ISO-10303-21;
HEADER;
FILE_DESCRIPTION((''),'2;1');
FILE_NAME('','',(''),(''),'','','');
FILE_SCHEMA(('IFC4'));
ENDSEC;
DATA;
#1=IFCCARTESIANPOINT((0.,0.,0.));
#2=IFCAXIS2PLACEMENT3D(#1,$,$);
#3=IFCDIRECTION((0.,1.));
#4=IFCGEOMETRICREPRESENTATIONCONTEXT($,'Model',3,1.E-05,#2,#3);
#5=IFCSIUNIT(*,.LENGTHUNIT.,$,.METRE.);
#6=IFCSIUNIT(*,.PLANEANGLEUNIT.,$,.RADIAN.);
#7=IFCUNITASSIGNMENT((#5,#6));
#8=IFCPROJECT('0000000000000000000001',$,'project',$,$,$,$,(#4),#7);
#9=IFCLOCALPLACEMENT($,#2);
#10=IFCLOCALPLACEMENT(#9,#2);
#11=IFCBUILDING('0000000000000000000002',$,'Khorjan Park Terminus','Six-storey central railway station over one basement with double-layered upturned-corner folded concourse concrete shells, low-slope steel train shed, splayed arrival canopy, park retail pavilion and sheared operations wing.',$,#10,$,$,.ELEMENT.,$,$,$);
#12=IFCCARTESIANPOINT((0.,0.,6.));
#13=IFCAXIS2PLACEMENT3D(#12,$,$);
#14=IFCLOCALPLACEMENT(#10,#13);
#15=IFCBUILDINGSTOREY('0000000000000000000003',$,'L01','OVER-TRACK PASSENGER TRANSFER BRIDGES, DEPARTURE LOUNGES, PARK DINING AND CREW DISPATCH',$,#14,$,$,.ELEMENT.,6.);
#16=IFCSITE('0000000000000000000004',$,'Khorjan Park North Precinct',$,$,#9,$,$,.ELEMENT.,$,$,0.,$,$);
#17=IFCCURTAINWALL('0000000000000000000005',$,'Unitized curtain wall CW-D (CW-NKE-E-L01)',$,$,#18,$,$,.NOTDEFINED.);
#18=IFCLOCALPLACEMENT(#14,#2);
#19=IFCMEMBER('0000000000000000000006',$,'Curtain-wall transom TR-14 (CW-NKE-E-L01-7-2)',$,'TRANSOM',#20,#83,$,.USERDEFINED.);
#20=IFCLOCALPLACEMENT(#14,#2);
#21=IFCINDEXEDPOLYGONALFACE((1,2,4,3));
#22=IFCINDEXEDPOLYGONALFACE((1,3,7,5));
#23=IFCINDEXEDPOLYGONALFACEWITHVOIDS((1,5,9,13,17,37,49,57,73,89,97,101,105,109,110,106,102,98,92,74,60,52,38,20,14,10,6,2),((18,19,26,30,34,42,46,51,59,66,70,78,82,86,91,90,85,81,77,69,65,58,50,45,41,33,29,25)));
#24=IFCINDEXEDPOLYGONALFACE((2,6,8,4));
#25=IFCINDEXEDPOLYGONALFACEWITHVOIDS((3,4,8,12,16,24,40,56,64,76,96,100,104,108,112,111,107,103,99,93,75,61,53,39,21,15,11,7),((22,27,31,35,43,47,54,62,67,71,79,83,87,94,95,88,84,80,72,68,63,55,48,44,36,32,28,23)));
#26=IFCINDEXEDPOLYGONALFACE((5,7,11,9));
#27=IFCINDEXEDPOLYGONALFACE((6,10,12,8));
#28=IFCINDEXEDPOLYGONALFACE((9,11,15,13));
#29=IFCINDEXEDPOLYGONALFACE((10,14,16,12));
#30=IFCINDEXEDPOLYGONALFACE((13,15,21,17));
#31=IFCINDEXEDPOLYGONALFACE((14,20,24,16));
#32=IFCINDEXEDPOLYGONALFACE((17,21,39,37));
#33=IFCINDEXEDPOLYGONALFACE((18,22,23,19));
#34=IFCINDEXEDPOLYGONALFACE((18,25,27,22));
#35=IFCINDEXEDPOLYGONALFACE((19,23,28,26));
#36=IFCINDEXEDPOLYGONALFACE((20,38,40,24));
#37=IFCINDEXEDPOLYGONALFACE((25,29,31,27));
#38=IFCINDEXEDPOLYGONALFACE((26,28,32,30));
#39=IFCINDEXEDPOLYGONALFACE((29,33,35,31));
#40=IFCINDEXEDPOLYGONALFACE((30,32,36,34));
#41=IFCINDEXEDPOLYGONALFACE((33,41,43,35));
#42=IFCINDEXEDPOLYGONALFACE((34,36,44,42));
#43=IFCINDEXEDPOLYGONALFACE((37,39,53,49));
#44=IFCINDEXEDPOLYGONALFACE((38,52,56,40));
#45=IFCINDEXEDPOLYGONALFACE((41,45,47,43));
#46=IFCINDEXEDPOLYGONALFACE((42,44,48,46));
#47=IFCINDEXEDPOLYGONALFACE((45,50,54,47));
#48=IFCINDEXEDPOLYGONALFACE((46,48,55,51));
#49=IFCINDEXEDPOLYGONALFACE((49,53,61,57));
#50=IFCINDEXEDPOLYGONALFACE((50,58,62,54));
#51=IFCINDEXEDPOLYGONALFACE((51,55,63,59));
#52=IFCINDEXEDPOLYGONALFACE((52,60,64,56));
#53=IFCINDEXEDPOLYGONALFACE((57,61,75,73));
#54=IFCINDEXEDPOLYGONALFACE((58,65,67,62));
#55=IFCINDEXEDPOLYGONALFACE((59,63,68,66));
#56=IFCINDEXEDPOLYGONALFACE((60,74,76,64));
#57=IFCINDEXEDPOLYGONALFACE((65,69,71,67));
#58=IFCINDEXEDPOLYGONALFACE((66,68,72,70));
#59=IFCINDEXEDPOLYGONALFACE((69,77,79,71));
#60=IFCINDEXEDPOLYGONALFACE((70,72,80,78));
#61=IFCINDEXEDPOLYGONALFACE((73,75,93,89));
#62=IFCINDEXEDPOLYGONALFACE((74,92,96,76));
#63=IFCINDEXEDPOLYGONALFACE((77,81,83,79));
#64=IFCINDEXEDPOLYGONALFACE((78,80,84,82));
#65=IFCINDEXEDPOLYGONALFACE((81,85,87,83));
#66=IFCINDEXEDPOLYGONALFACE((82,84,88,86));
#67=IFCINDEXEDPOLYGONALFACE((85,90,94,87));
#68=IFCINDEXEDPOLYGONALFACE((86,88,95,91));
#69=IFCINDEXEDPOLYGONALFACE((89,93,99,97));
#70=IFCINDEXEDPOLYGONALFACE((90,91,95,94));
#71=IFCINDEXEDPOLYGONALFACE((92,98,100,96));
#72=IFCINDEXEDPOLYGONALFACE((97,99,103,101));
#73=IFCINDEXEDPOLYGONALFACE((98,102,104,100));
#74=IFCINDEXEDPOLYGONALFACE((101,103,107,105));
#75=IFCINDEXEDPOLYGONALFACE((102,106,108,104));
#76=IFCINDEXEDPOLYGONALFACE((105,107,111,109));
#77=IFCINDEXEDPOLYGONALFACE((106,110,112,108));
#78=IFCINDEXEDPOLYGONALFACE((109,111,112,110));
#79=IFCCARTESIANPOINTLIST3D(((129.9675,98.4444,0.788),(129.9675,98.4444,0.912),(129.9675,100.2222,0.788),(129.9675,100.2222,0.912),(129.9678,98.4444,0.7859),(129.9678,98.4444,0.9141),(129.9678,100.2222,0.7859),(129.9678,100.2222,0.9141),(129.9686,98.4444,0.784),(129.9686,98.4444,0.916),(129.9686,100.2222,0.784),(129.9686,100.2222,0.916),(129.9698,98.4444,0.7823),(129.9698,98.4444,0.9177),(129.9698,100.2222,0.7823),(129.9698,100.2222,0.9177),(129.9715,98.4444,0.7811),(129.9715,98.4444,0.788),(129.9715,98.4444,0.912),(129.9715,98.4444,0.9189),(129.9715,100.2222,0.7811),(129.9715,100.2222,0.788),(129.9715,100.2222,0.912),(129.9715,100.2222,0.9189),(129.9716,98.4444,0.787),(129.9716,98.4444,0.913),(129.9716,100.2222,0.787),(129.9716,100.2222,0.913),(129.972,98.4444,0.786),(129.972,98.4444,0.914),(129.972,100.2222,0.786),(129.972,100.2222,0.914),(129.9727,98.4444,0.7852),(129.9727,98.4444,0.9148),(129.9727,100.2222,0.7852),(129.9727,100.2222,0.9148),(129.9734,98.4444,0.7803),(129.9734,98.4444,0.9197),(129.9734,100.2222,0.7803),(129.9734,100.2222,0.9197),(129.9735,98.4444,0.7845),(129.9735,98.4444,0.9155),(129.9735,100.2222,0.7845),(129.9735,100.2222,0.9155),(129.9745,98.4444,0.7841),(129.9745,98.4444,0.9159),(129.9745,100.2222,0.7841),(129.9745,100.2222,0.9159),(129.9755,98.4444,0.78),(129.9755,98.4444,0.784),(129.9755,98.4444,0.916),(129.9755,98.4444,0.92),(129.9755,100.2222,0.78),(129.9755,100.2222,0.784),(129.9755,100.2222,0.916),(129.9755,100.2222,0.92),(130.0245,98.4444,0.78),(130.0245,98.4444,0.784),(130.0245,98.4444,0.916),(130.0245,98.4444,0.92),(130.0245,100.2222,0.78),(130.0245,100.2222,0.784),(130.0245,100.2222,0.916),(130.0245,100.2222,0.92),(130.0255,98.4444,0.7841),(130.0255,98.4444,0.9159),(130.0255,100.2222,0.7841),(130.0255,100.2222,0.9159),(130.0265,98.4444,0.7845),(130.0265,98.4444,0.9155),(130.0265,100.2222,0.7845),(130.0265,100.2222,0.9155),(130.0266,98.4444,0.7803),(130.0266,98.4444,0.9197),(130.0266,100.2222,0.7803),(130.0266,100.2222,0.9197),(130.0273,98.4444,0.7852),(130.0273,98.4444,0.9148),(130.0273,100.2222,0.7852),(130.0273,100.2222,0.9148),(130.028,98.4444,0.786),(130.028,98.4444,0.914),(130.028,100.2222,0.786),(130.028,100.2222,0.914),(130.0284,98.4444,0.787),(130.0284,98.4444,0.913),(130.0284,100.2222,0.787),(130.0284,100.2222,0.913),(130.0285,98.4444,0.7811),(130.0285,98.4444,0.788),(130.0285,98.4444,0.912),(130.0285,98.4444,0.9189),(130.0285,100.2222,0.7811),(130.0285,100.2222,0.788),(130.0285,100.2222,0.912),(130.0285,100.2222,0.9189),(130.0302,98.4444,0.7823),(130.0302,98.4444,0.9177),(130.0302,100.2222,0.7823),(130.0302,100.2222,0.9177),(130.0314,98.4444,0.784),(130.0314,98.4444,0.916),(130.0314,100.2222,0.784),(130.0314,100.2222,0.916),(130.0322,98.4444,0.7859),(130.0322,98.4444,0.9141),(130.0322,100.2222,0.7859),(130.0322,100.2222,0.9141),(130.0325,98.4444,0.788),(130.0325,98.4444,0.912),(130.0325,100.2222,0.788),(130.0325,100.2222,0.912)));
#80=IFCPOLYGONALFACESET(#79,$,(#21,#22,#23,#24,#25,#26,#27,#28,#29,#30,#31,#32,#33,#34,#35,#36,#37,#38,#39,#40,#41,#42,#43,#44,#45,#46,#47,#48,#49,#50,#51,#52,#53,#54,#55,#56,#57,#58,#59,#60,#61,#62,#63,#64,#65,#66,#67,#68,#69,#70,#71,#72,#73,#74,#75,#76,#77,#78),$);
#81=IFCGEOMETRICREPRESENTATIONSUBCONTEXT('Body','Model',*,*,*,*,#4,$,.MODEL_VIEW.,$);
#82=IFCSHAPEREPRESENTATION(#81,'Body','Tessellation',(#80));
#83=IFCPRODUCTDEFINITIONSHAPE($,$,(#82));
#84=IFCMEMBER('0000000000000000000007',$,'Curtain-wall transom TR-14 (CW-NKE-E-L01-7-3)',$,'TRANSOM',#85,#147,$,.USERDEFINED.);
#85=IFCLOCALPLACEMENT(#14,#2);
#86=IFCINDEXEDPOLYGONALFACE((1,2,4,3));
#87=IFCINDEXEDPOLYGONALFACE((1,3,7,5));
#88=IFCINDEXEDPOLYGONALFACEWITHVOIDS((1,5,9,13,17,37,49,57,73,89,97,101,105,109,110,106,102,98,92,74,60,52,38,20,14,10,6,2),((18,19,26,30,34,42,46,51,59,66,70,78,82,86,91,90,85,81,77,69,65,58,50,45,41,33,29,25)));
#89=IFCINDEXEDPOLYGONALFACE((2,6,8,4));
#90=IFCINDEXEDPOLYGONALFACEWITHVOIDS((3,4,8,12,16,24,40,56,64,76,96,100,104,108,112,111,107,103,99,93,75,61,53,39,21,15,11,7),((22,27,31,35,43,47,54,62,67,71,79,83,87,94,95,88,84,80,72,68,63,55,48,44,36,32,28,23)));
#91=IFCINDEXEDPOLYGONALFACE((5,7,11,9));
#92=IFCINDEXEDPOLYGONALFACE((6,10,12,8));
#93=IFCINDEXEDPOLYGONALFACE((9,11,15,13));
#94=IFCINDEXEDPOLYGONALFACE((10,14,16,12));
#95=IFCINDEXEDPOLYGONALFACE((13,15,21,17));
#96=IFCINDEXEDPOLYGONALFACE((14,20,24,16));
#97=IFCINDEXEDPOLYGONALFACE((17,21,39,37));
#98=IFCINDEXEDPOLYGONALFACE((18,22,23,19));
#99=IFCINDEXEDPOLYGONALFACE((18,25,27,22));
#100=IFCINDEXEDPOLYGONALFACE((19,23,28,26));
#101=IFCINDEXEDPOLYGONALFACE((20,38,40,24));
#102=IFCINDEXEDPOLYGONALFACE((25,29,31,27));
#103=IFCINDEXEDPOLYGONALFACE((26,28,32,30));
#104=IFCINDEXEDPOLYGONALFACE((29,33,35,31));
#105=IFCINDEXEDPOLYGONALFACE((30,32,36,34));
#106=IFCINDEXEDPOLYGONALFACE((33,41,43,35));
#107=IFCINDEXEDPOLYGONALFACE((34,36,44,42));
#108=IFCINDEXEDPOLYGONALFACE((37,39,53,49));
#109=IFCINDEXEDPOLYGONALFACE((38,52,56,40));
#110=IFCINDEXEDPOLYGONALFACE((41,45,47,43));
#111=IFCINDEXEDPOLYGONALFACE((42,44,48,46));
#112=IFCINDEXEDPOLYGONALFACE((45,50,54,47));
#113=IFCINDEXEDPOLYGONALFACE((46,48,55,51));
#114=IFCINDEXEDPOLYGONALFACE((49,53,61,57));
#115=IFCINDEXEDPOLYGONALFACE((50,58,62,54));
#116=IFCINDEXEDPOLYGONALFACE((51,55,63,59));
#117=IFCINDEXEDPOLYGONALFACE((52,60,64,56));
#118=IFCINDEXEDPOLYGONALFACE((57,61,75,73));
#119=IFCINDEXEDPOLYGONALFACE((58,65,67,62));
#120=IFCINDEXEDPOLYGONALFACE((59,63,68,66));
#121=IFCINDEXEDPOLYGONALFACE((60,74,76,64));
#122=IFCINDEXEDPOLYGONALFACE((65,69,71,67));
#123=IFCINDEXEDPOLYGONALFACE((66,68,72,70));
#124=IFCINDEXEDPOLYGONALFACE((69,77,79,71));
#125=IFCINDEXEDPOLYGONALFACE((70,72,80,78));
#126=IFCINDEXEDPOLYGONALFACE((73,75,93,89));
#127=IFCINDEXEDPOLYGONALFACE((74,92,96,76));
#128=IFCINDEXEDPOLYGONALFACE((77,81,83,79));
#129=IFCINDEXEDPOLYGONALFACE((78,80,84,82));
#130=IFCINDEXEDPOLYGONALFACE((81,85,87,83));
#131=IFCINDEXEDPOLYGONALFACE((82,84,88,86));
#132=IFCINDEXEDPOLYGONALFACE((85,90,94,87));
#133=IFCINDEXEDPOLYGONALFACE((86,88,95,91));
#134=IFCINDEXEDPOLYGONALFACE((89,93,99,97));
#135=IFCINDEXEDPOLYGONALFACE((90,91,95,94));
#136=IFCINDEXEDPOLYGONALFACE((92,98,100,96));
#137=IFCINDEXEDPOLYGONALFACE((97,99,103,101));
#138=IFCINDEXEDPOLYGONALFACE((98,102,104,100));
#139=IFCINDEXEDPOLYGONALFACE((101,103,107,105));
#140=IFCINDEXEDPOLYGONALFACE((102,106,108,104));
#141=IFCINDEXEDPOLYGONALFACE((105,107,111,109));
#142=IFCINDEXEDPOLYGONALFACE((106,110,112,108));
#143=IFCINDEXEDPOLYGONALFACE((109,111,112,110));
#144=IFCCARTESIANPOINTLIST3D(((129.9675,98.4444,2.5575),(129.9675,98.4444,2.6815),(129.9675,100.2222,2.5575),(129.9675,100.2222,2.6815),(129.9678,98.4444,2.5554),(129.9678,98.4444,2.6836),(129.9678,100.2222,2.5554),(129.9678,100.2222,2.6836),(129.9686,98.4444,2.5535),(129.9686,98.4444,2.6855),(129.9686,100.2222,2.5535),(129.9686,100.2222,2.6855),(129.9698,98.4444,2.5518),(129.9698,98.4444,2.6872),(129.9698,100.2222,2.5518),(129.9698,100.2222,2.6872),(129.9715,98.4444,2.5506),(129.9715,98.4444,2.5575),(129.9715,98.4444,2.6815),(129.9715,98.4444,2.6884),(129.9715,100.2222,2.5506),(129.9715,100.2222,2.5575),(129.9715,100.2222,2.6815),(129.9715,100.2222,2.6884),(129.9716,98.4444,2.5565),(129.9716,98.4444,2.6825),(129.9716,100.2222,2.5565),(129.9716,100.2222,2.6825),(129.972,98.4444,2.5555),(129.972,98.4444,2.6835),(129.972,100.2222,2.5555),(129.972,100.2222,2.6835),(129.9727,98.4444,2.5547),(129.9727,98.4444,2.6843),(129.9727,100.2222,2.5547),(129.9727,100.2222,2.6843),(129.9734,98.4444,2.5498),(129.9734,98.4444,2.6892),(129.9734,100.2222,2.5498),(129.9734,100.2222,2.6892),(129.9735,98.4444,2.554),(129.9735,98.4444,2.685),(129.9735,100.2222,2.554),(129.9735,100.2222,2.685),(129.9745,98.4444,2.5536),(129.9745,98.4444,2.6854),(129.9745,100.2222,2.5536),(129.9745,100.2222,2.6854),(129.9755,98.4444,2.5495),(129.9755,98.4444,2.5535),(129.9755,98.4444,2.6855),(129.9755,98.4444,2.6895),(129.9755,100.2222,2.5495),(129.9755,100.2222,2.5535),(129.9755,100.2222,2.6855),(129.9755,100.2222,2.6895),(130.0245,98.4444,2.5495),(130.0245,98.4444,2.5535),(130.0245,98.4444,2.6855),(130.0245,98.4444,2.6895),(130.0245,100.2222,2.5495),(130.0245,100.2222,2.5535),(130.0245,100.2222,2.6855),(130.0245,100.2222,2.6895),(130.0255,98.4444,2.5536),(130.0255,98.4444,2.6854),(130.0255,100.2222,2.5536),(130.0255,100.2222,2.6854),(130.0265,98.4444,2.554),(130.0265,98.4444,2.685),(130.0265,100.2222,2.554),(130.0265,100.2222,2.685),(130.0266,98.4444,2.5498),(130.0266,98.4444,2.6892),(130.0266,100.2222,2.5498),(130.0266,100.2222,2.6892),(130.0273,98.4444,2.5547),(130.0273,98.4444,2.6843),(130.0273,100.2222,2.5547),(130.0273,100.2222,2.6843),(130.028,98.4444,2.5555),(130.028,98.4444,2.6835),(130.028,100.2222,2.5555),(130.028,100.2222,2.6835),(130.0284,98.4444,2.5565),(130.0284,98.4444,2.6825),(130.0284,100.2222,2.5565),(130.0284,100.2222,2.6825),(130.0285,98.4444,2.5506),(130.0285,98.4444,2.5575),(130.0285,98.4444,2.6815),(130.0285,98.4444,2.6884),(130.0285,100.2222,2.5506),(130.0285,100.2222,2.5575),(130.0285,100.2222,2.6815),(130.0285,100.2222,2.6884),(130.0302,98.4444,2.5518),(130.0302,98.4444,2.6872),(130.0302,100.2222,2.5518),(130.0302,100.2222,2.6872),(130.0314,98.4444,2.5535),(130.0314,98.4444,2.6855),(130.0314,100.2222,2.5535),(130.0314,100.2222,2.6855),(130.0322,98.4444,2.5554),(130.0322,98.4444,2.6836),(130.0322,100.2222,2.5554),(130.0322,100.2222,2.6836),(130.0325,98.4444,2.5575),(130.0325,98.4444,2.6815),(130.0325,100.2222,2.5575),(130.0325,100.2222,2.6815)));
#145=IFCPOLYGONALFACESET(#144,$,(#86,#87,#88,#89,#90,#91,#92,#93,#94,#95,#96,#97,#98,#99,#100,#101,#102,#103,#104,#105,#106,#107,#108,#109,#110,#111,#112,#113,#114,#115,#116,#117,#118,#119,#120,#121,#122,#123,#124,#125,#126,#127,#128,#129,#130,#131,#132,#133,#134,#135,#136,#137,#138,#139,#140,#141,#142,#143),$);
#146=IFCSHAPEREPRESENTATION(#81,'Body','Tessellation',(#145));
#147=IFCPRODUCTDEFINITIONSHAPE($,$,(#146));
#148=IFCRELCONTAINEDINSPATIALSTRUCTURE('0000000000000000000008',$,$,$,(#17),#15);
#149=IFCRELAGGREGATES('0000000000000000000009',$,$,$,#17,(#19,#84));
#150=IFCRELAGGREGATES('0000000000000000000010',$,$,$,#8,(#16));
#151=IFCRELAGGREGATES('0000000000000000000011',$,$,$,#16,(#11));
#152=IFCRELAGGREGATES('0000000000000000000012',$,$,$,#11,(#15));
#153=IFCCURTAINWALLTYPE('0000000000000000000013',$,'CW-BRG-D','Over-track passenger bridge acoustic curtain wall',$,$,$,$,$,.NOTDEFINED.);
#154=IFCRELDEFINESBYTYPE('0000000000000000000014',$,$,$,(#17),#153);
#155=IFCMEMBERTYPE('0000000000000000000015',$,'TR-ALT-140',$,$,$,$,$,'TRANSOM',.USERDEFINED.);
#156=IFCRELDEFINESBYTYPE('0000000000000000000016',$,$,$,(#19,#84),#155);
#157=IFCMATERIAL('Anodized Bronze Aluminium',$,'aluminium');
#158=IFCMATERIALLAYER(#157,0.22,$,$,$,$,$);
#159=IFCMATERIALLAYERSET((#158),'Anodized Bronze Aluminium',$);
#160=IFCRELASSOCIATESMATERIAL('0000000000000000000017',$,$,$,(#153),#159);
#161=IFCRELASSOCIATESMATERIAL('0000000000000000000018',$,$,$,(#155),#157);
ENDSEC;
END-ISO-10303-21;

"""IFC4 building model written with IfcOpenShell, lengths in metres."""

from ifc_helpers import new_model, si_unit, direction, frame, origin, origin_2d, place, context, subcontext, project, spatial, hollow_rectangle, extrude, material, layer, layer_set, material_profile, profile_set, type_object, element, aggregate, save


model = new_model("IFC4")

# Units and contexts
model_context = context("Model", 3, precision=1e-05, world=origin(), true_north=direction((0.0, 1.0)))
body_context = subcontext(model_context, "Body", "Model", "MODEL_VIEW")
ifc_project = project(units=[si_unit("LENGTHUNIT", "METRE"), si_unit("PLANEANGLEUNIT", "RADIAN")], contexts=[model_context])

# Site, building, storey
site_placement = place(None, origin())
site = spatial("IfcSite", under=ifc_project, at=site_placement, Name="Khorjan Park North Precinct", CompositionType="ELEMENT", RefElevation=0.0)
building_placement = place(site_placement, origin())
building = spatial("IfcBuilding", under=site, at=building_placement, Name="Khorjan Park Terminus", Description="Six-storey central railway station over one basement with double-layered upturned-corner folded concourse concrete shells, low-slope steel train shed, splayed arrival canopy, park retail pavilion and sheared operations wing.", CompositionType="ELEMENT")
storey_placement = place(building_placement, frame((0.0, 0.0, 6.0)))
storey = spatial("IfcBuildingStorey", under=building, at=storey_placement, Name="L01", Description="OVER-TRACK PASSENGER TRANSFER BRIDGES, DEPARTURE LOUNGES, PARK DINING AND CREW DISPATCH", CompositionType="ELEMENT", Elevation=6.0)

# Curtain wall, members
ifc_material_1 = material(Name="Anodized Bronze Aluminium", Category="aluminium")
ifc_layer_1 = layer(ifc_material_1, 0.22)
ifc_layer_set_1 = layer_set([ifc_layer_1], Name="Anodized Bronze Aluminium")
curtain_wall_type = type_object("IfcCurtainWallType", Name="CW-BRG-D", Description="Over-track passenger bridge acoustic curtain wall", PredefinedType="NOTDEFINED", material=ifc_layer_set_1)
curtain_wall_placement = place(storey_placement, origin())
curtain_wall = element("IfcCurtainWall", 1, at=curtain_wall_placement, inside=storey, type_object=curtain_wall_type, Name="Unitized curtain wall CW-D (CW-NKE-E-L01)", PredefinedType="NOTDEFINED")
ifc_material_profile_1 = material_profile(ifc_material_1, hollow_rectangle(XDim=0.065, YDim=0.14, WallThickness=0.004, InnerFilletRadius=0.004, OuterFilletRadius=0.008, at=origin_2d()), Name="ALT 65x140x4")
ifc_profile_set_1 = profile_set([ifc_material_profile_1], Name="Anodized Bronze Aluminium")
member_type_1 = type_object("IfcMemberType", Name="TR-ALT-140", ElementType="TRANSOM", PredefinedType="USERDEFINED", material=ifc_profile_set_1)
member_1_placement = place(storey_placement, frame((130.0, 98.4444, 0.85), z_axis=(0.0, 1.0, 0.0), x_axis=(-1.0, 0.0, 0.0)))
member_1 = element("IfcMember", 2, at=member_1_placement, type_object=member_type_1, Name="Curtain-wall transom TR-14 (CW-NKE-E-L01-7-2)", ObjectType="TRANSOM", PredefinedType="USERDEFINED", context=body_context, shape_type="SweptSolid", body=[
    extrude(hollow_rectangle(XDim=0.065, YDim=0.14, WallThickness=0.004, InnerFilletRadius=0.004, OuterFilletRadius=0.008, at=origin_2d()), origin(), (0.0, 0.0, 1.0), 1.7778),
])
member_2_placement = place(storey_placement, frame((130.0, 98.4444, 2.6195), z_axis=(0.0, 1.0, 0.0), x_axis=(-1.0, 0.0, 0.0)))
member_2 = element("IfcMember", 3, at=member_2_placement, type_object=member_type_1, Name="Curtain-wall transom TR-14 (CW-NKE-E-L01-7-3)", ObjectType="TRANSOM", PredefinedType="USERDEFINED", context=body_context, shape_type="SweptSolid", body=[
    extrude(hollow_rectangle(XDim=0.065, YDim=0.14, WallThickness=0.004, InnerFilletRadius=0.004, OuterFilletRadius=0.008, at=origin_2d()), origin(), (0.0, 0.0, 1.0), 1.7778),
])
aggregate(curtain_wall, [member_1, member_2])

save(model, "model.ifc")
